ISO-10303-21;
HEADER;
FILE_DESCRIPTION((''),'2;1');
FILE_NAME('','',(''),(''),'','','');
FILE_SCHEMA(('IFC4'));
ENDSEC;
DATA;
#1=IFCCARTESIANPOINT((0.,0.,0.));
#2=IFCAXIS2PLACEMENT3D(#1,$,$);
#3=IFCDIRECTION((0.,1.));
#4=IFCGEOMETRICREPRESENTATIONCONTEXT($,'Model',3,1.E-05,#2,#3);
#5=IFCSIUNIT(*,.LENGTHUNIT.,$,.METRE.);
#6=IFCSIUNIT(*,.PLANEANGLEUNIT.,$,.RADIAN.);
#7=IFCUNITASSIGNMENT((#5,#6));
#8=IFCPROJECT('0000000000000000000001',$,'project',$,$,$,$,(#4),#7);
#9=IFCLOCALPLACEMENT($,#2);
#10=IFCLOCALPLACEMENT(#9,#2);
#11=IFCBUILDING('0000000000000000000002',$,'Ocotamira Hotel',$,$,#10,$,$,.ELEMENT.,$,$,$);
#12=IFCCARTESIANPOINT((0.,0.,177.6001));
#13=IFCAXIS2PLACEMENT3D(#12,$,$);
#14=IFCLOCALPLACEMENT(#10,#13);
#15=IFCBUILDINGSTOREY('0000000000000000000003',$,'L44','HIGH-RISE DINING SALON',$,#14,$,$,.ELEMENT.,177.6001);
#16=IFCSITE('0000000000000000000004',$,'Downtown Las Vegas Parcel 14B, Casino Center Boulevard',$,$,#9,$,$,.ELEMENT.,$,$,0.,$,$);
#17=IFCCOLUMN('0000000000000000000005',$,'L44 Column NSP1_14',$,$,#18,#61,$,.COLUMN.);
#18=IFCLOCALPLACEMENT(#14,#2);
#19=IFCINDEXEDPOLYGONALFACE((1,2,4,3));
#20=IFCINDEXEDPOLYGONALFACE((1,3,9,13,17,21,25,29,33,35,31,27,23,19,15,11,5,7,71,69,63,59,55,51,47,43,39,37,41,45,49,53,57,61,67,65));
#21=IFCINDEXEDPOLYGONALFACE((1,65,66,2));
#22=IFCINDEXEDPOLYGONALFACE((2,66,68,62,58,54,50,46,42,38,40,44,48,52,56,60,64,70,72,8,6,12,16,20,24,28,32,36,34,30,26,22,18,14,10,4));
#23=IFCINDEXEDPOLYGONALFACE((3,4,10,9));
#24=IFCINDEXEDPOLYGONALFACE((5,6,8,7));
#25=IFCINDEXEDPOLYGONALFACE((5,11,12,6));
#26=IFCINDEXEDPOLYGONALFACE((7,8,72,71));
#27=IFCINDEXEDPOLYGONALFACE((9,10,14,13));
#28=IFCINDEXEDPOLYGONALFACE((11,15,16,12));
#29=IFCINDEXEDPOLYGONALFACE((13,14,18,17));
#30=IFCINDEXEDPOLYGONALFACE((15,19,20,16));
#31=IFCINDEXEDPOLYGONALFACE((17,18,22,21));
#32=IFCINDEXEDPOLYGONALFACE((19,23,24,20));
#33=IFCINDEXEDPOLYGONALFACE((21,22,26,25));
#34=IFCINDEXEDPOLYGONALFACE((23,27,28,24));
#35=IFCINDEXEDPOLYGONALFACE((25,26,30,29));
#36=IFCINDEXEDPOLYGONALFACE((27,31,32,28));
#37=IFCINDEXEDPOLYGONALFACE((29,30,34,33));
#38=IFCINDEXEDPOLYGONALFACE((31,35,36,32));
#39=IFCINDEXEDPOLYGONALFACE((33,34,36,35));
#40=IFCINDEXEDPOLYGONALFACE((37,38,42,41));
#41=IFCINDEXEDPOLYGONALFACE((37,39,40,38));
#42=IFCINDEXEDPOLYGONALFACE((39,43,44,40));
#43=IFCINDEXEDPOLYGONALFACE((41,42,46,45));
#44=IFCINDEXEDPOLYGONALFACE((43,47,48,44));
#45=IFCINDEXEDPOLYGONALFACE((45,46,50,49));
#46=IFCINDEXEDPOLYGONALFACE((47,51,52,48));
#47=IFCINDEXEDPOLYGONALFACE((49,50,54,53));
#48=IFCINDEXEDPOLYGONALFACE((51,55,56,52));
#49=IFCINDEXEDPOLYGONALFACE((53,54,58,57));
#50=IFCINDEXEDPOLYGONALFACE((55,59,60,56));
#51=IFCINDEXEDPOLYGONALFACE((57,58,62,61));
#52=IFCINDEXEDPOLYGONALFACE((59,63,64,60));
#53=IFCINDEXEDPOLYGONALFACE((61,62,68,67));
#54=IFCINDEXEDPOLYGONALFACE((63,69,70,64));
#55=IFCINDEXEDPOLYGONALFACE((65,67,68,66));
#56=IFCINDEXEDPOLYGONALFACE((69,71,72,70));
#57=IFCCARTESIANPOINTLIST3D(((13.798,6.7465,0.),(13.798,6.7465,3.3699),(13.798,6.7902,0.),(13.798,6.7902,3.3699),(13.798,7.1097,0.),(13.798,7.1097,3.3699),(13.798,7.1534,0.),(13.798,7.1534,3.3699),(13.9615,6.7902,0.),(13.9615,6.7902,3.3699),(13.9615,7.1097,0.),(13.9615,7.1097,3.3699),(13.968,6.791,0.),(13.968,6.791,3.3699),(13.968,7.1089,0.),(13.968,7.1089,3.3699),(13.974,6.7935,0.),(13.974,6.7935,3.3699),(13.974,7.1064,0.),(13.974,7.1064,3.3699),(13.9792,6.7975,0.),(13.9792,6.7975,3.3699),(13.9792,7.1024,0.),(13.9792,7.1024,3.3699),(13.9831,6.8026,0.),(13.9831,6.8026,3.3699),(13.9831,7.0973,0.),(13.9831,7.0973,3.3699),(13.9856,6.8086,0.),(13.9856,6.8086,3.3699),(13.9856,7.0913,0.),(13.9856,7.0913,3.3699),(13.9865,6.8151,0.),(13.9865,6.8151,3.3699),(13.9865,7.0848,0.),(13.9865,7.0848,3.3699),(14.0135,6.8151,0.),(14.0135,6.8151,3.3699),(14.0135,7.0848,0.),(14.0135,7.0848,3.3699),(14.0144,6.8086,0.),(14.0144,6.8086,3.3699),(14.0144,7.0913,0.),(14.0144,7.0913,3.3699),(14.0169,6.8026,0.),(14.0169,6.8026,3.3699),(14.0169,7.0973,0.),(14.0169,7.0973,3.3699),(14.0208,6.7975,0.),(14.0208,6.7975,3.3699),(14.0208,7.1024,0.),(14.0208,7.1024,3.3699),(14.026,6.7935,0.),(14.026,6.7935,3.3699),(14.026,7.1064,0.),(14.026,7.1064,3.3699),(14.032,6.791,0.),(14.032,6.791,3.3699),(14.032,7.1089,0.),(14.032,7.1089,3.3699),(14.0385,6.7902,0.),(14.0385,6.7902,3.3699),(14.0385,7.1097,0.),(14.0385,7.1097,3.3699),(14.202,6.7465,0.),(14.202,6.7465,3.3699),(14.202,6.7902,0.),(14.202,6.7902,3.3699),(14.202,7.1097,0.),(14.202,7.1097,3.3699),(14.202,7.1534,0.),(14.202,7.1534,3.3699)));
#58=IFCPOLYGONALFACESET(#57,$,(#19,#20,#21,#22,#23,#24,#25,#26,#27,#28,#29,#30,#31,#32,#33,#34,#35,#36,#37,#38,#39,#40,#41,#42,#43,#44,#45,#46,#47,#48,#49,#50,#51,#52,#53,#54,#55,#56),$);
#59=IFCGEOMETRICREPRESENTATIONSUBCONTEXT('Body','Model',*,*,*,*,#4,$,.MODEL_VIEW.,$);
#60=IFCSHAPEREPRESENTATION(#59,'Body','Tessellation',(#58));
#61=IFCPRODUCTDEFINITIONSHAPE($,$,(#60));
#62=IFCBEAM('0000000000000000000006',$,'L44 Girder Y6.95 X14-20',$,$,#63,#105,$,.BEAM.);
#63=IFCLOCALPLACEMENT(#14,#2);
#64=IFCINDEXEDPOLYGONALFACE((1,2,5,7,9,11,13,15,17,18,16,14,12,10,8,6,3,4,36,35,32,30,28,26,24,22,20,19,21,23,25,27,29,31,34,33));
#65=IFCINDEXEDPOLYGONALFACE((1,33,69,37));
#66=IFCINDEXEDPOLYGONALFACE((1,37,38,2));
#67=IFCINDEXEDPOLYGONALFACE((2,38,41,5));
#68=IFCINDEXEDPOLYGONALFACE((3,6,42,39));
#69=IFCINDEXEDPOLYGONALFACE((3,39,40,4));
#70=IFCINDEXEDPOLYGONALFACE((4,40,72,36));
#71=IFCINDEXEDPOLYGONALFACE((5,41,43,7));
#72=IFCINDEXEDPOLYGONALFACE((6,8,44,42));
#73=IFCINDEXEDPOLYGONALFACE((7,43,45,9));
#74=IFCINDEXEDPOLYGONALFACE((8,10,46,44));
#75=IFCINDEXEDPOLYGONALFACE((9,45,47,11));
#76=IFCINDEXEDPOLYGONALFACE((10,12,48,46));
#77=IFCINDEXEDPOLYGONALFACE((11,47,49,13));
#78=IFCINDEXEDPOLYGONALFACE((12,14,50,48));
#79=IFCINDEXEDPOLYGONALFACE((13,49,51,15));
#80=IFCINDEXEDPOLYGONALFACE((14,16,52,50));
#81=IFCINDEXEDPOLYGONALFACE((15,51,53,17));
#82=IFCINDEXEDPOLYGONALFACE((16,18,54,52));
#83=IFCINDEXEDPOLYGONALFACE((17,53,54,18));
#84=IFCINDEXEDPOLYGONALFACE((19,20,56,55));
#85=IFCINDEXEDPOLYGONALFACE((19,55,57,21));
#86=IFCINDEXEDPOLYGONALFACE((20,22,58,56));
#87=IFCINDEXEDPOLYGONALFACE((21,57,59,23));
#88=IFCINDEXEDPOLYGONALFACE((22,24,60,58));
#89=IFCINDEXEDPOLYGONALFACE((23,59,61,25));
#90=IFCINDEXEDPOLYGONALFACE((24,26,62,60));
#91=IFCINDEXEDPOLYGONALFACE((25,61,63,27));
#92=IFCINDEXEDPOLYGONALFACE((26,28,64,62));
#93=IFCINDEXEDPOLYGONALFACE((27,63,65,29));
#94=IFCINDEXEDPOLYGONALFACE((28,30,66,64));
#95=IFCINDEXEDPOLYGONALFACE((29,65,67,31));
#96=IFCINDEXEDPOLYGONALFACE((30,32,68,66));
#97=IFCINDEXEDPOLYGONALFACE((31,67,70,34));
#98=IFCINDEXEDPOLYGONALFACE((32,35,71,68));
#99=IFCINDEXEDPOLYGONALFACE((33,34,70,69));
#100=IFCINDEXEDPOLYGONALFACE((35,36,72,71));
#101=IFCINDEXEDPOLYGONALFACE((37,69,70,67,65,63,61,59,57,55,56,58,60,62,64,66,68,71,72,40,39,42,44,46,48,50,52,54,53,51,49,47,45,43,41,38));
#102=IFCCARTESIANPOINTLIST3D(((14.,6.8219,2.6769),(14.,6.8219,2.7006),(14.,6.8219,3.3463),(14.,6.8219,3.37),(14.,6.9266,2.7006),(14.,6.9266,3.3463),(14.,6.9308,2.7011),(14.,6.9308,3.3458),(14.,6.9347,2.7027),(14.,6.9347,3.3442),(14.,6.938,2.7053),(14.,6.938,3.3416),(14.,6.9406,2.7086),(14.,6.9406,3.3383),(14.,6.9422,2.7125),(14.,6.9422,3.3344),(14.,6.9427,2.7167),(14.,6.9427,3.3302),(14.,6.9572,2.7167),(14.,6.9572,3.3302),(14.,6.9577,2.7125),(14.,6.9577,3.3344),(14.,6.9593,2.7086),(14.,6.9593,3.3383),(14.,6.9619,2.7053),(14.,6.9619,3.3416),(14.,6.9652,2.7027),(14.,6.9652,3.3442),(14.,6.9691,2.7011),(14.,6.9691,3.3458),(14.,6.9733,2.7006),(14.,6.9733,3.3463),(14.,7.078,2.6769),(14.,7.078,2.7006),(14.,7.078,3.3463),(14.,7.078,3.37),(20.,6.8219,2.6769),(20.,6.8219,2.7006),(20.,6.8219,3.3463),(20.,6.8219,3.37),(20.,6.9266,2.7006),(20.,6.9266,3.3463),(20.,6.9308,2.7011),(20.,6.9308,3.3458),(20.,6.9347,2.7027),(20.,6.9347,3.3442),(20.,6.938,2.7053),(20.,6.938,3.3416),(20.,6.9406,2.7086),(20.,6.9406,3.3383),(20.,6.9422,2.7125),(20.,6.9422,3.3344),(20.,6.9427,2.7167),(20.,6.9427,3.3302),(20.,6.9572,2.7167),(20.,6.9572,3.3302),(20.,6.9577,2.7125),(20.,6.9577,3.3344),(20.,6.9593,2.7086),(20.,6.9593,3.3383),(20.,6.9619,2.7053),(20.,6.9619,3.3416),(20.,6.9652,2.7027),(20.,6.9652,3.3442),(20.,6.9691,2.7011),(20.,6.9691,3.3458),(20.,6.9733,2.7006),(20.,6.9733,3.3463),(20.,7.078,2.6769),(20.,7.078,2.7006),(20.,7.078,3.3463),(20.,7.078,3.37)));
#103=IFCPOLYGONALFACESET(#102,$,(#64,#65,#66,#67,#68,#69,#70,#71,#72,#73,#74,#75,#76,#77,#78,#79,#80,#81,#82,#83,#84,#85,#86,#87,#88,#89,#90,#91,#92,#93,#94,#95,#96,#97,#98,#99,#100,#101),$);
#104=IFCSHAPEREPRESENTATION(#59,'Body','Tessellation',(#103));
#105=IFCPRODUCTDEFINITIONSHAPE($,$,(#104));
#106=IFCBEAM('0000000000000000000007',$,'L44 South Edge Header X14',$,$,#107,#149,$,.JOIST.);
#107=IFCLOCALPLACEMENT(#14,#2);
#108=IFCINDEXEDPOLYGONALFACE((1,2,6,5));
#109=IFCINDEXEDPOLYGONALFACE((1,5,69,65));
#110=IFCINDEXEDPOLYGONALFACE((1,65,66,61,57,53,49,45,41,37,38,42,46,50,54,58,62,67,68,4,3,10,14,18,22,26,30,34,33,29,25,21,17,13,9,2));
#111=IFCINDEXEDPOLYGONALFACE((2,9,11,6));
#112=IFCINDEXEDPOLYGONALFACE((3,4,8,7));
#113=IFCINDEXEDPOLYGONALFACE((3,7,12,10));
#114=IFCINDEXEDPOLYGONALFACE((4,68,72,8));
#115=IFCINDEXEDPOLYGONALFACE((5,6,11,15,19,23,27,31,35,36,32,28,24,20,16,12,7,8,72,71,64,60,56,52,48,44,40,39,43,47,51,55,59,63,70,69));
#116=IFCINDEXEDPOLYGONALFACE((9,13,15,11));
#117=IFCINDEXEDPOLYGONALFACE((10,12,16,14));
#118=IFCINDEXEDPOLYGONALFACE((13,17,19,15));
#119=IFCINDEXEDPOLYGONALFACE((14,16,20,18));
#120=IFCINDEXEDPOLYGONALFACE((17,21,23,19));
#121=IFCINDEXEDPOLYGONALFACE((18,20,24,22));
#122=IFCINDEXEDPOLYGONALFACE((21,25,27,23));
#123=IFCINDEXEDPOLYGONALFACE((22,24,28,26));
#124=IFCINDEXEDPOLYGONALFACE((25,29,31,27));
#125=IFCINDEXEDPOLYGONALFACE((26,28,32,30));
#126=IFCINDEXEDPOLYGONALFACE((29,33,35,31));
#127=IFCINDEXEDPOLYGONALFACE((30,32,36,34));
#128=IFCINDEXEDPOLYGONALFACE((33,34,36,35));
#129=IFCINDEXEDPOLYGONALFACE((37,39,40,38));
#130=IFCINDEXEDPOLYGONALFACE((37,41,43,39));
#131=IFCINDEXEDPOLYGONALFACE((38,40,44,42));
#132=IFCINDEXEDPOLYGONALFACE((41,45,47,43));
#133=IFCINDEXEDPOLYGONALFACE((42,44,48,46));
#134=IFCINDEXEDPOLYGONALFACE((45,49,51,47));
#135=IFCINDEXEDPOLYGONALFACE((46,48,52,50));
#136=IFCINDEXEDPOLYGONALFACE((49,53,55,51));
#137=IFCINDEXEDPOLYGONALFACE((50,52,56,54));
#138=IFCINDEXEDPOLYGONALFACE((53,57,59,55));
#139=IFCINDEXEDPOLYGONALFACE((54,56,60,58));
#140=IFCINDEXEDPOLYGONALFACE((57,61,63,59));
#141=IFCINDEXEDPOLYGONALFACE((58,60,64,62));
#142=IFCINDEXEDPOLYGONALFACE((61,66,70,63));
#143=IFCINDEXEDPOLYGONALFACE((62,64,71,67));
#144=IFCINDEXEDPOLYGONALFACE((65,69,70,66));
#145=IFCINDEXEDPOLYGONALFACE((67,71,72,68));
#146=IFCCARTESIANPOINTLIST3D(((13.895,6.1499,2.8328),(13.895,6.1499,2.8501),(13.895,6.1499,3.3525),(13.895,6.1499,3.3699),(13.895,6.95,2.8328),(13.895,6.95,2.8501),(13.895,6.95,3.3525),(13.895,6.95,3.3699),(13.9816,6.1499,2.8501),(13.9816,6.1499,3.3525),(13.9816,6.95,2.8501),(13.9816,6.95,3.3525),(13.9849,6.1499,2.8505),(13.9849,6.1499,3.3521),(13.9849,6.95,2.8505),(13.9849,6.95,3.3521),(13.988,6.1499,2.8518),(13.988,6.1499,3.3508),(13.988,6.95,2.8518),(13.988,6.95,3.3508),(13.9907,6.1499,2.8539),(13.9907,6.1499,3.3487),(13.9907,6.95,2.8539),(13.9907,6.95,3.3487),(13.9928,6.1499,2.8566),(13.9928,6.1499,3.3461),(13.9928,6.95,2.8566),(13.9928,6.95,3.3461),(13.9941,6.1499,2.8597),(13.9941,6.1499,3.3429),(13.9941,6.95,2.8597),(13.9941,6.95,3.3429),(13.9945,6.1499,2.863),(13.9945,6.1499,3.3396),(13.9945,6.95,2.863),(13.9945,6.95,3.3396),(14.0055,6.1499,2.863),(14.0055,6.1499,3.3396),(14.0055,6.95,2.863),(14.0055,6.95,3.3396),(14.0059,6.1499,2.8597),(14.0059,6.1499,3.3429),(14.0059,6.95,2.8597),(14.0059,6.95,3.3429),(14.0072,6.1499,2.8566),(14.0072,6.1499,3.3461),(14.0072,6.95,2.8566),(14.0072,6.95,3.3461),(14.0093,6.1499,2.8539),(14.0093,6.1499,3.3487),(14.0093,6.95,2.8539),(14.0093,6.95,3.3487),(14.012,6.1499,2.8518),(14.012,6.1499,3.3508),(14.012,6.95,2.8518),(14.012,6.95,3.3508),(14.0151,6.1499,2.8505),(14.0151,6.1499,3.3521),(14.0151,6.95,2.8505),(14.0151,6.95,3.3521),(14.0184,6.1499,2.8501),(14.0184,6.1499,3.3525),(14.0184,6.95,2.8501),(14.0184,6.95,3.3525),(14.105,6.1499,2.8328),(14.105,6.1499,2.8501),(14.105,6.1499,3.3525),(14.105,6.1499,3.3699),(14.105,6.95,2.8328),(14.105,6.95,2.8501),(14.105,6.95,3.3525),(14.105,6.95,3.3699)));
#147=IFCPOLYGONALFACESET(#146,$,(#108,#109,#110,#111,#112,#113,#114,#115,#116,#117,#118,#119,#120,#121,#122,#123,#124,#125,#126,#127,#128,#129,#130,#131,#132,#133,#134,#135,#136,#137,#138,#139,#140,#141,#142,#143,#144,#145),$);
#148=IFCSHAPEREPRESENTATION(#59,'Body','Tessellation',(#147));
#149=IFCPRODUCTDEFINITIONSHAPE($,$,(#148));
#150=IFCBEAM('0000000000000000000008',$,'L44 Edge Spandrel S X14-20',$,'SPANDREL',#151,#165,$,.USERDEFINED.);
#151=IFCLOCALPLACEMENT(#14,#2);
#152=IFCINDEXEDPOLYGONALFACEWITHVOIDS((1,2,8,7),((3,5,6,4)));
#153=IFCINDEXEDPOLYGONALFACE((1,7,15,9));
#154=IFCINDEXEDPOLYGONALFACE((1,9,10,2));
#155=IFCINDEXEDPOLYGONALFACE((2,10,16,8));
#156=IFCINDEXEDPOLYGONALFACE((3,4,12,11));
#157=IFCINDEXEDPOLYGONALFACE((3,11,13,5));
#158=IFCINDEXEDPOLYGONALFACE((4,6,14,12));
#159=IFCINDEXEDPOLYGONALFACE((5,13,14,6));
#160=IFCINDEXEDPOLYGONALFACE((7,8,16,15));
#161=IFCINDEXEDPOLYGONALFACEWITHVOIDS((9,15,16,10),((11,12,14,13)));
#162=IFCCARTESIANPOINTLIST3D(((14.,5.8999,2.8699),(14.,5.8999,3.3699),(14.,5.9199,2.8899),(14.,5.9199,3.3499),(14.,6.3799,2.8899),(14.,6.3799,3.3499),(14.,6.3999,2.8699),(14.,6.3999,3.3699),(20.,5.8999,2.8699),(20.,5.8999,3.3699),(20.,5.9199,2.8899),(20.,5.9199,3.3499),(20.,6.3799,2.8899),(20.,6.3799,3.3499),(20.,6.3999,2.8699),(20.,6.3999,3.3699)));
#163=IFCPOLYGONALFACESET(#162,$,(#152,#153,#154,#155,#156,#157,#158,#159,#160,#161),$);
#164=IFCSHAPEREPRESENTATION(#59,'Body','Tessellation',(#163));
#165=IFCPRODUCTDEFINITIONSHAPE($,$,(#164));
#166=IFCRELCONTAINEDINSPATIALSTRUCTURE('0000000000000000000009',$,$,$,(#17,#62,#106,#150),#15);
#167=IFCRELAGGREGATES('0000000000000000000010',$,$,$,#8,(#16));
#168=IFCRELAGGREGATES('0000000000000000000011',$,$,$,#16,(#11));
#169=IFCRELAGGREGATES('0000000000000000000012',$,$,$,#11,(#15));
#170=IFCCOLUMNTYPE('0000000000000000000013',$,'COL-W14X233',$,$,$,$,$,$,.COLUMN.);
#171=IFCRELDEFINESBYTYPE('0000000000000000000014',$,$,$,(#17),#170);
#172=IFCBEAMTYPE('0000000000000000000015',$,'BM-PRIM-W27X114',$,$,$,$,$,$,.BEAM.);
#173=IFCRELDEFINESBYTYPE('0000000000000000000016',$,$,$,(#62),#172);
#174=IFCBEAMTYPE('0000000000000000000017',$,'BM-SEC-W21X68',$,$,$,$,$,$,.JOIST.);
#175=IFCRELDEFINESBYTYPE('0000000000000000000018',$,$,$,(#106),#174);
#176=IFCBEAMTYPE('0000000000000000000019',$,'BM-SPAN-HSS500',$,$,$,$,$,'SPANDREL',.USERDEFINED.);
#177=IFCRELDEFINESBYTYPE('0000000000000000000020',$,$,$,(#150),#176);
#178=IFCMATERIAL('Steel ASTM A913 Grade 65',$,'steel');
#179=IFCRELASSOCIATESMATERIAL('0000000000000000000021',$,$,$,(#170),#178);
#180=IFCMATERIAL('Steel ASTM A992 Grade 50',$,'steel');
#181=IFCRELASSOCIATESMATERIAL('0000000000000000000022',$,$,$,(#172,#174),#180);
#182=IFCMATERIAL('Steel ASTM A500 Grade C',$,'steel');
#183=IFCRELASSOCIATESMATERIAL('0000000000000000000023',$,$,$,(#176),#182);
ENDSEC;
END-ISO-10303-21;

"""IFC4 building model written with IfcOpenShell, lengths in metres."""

from ifc_helpers import new_model, si_unit, direction, frame, origin, origin_2d, place, context, subcontext, project, spatial, hollow_rectangle, i_section, extrude, source, transform, mapped, material, material_profile, profile_set, type_object, element, save


model = new_model("IFC4")

# Units and contexts
model_context = context("Model", 3, precision=1e-05, world=origin(), true_north=direction((0.0, 1.0)))
body_context = subcontext(model_context, "Body", "Model", "MODEL_VIEW")
ifc_project = project(units=[si_unit("LENGTHUNIT", "METRE"), si_unit("PLANEANGLEUNIT", "RADIAN")], contexts=[model_context])

# Site, building, storey
site_placement = place(None, origin())
site = spatial("IfcSite", under=ifc_project, at=site_placement, Name="Downtown Las Vegas Parcel 14B, Casino Center Boulevard", CompositionType="ELEMENT", RefElevation=0.0)
building_placement = place(site_placement, origin())
building = spatial("IfcBuilding", under=site, at=building_placement, Name="Ocotamira Hotel", CompositionType="ELEMENT")
storey_placement = place(building_placement, frame((0.0, 0.0, 177.6001)))
storey = spatial("IfcBuildingStorey", under=building, at=storey_placement, Name="L44", Description="HIGH-RISE DINING SALON", CompositionType="ELEMENT", Elevation=177.6001)

# Column
ifc_material_1 = material(Name="Steel ASTM A913 Grade 65", Category="steel")
ifc_material_profile_1 = material_profile(ifc_material_1, i_section(OverallWidth=0.4041, OverallDepth=0.407, WebThickness=0.0271, FlangeThickness=0.0437, FilletRadius=0.0249, at=origin_2d()), Name="W14X233")
ifc_profile_set_1 = profile_set([ifc_material_profile_1], Name="Steel ASTM A913 Grade 65")
column_type = type_object("IfcColumnType", Name="COL-W14X233", PredefinedType="COLUMN", material=ifc_profile_set_1)
shared_shape_1 = source(origin(), body_context, "Body", "SweptSolid", [
    extrude(i_section(OverallWidth=0.4041, OverallDepth=0.407, WebThickness=0.0271, FlangeThickness=0.0437, FilletRadius=0.0249, at=origin_2d()), origin(), (0.0, 0.0, 1.0), 3.3699),
])
column_placement = place(storey_placement, frame((14.0, 6.95, 0.0), z_axis=(0.0, 0.0, 1.0), x_axis=(1.0, 0.0, 0.0)))
element("IfcColumn", 1, at=column_placement, inside=storey, type_object=column_type, Name="L44 Column NSP1_14", PredefinedType="COLUMN", context=body_context, shape_type="MappedRepresentation", body=[
    mapped(shared_shape_1, transform((0.0, 0.0, 0.0), scale=1.0)),
])

# Beams
ifc_material_2 = material(Name="Steel ASTM A992 Grade 50", Category="steel")
ifc_material_profile_2 = material_profile(ifc_material_2, i_section(OverallWidth=0.2561, OverallDepth=0.6931, WebThickness=0.0144, FlangeThickness=0.0237, FilletRadius=0.0161, at=origin_2d()), Name="W27X114")
ifc_profile_set_2 = profile_set([ifc_material_profile_2], Name="Steel ASTM A992 Grade 50")
beam_type_1 = type_object("IfcBeamType", Name="BM-PRIM-W27X114", PredefinedType="BEAM", material=ifc_profile_set_2)
shared_shape_2 = source(origin(), body_context, "Body", "SweptSolid", [
    extrude(i_section(OverallWidth=0.2561, OverallDepth=0.6931, WebThickness=0.0144, FlangeThickness=0.0237, FilletRadius=0.0161, at=origin_2d()), origin(), (0.0, 0.0, 1.0), 6.0),
])
beam_1_placement = place(storey_placement, frame((14.0, 6.95, 3.0234), z_axis=(1.0, 0.0, 0.0), x_axis=(0.0, 1.0, 0.0)))
element("IfcBeam", 2, at=beam_1_placement, inside=storey, type_object=beam_type_1, Name="L44 Girder Y6.95 X14-20", PredefinedType="BEAM", context=body_context, shape_type="MappedRepresentation", body=[
    mapped(shared_shape_2, transform((0.0, 0.0, 0.0), scale=1.0)),
])
ifc_material_profile_3 = material_profile(ifc_material_2, i_section(OverallWidth=0.21, OverallDepth=0.5371, WebThickness=0.011, FlangeThickness=0.0173, FilletRadius=0.0129, at=origin_2d()), Name="W21X68")
ifc_profile_set_3 = profile_set([ifc_material_profile_3], Name="Steel ASTM A992 Grade 50")
beam_type_2 = type_object("IfcBeamType", Name="BM-SEC-W21X68", PredefinedType="JOIST", material=ifc_profile_set_3)
shared_shape_3 = source(origin(), body_context, "Body", "SweptSolid", [
    extrude(i_section(OverallWidth=0.21, OverallDepth=0.5371, WebThickness=0.011, FlangeThickness=0.0173, FilletRadius=0.0129, at=origin_2d()), origin(), (0.0, 0.0, 1.0), 0.8),
])
beam_2_placement = place(storey_placement, frame((14.0, 6.95, 3.1013), z_axis=(0.0, -1.0, 0.0), x_axis=(1.0, 0.0, 0.0)))
element("IfcBeam", 3, at=beam_2_placement, inside=storey, type_object=beam_type_2, Name="L44 South Edge Header X14", PredefinedType="JOIST", context=body_context, shape_type="MappedRepresentation", body=[
    mapped(shared_shape_3, transform((0.0, 0.0, 0.0), scale=1.0)),
])
ifc_material_3 = material(Name="Steel ASTM A500 Grade C", Category="steel")
ifc_material_profile_4 = material_profile(ifc_material_3, hollow_rectangle(XDim=0.5, YDim=0.5, WallThickness=0.02, at=origin_2d()), Name="HSS500X500X20")
ifc_profile_set_4 = profile_set([ifc_material_profile_4], Name="Steel ASTM A500 Grade C")
beam_type_3 = type_object("IfcBeamType", Name="BM-SPAN-HSS500", ElementType="SPANDREL", PredefinedType="USERDEFINED", material=ifc_profile_set_4)
shared_shape_4 = source(origin(), body_context, "Body", "SweptSolid", [
    extrude(hollow_rectangle(XDim=0.5, YDim=0.5, WallThickness=0.02, at=origin_2d()), origin(), (0.0, 0.0, 1.0), 6.0),
])
beam_3_placement = place(storey_placement, frame((14.0, 6.1499, 3.1199), z_axis=(1.0, 0.0, 0.0), x_axis=(0.0, 1.0, 0.0)))
element("IfcBeam", 4, at=beam_3_placement, inside=storey, type_object=beam_type_3, Name="L44 Edge Spandrel S X14-20", ObjectType="SPANDREL", PredefinedType="USERDEFINED", context=body_context, shape_type="MappedRepresentation", body=[
    mapped(shared_shape_4, transform((0.0, 0.0, 0.0), scale=1.0)),
])

save(model, "model.ifc")
